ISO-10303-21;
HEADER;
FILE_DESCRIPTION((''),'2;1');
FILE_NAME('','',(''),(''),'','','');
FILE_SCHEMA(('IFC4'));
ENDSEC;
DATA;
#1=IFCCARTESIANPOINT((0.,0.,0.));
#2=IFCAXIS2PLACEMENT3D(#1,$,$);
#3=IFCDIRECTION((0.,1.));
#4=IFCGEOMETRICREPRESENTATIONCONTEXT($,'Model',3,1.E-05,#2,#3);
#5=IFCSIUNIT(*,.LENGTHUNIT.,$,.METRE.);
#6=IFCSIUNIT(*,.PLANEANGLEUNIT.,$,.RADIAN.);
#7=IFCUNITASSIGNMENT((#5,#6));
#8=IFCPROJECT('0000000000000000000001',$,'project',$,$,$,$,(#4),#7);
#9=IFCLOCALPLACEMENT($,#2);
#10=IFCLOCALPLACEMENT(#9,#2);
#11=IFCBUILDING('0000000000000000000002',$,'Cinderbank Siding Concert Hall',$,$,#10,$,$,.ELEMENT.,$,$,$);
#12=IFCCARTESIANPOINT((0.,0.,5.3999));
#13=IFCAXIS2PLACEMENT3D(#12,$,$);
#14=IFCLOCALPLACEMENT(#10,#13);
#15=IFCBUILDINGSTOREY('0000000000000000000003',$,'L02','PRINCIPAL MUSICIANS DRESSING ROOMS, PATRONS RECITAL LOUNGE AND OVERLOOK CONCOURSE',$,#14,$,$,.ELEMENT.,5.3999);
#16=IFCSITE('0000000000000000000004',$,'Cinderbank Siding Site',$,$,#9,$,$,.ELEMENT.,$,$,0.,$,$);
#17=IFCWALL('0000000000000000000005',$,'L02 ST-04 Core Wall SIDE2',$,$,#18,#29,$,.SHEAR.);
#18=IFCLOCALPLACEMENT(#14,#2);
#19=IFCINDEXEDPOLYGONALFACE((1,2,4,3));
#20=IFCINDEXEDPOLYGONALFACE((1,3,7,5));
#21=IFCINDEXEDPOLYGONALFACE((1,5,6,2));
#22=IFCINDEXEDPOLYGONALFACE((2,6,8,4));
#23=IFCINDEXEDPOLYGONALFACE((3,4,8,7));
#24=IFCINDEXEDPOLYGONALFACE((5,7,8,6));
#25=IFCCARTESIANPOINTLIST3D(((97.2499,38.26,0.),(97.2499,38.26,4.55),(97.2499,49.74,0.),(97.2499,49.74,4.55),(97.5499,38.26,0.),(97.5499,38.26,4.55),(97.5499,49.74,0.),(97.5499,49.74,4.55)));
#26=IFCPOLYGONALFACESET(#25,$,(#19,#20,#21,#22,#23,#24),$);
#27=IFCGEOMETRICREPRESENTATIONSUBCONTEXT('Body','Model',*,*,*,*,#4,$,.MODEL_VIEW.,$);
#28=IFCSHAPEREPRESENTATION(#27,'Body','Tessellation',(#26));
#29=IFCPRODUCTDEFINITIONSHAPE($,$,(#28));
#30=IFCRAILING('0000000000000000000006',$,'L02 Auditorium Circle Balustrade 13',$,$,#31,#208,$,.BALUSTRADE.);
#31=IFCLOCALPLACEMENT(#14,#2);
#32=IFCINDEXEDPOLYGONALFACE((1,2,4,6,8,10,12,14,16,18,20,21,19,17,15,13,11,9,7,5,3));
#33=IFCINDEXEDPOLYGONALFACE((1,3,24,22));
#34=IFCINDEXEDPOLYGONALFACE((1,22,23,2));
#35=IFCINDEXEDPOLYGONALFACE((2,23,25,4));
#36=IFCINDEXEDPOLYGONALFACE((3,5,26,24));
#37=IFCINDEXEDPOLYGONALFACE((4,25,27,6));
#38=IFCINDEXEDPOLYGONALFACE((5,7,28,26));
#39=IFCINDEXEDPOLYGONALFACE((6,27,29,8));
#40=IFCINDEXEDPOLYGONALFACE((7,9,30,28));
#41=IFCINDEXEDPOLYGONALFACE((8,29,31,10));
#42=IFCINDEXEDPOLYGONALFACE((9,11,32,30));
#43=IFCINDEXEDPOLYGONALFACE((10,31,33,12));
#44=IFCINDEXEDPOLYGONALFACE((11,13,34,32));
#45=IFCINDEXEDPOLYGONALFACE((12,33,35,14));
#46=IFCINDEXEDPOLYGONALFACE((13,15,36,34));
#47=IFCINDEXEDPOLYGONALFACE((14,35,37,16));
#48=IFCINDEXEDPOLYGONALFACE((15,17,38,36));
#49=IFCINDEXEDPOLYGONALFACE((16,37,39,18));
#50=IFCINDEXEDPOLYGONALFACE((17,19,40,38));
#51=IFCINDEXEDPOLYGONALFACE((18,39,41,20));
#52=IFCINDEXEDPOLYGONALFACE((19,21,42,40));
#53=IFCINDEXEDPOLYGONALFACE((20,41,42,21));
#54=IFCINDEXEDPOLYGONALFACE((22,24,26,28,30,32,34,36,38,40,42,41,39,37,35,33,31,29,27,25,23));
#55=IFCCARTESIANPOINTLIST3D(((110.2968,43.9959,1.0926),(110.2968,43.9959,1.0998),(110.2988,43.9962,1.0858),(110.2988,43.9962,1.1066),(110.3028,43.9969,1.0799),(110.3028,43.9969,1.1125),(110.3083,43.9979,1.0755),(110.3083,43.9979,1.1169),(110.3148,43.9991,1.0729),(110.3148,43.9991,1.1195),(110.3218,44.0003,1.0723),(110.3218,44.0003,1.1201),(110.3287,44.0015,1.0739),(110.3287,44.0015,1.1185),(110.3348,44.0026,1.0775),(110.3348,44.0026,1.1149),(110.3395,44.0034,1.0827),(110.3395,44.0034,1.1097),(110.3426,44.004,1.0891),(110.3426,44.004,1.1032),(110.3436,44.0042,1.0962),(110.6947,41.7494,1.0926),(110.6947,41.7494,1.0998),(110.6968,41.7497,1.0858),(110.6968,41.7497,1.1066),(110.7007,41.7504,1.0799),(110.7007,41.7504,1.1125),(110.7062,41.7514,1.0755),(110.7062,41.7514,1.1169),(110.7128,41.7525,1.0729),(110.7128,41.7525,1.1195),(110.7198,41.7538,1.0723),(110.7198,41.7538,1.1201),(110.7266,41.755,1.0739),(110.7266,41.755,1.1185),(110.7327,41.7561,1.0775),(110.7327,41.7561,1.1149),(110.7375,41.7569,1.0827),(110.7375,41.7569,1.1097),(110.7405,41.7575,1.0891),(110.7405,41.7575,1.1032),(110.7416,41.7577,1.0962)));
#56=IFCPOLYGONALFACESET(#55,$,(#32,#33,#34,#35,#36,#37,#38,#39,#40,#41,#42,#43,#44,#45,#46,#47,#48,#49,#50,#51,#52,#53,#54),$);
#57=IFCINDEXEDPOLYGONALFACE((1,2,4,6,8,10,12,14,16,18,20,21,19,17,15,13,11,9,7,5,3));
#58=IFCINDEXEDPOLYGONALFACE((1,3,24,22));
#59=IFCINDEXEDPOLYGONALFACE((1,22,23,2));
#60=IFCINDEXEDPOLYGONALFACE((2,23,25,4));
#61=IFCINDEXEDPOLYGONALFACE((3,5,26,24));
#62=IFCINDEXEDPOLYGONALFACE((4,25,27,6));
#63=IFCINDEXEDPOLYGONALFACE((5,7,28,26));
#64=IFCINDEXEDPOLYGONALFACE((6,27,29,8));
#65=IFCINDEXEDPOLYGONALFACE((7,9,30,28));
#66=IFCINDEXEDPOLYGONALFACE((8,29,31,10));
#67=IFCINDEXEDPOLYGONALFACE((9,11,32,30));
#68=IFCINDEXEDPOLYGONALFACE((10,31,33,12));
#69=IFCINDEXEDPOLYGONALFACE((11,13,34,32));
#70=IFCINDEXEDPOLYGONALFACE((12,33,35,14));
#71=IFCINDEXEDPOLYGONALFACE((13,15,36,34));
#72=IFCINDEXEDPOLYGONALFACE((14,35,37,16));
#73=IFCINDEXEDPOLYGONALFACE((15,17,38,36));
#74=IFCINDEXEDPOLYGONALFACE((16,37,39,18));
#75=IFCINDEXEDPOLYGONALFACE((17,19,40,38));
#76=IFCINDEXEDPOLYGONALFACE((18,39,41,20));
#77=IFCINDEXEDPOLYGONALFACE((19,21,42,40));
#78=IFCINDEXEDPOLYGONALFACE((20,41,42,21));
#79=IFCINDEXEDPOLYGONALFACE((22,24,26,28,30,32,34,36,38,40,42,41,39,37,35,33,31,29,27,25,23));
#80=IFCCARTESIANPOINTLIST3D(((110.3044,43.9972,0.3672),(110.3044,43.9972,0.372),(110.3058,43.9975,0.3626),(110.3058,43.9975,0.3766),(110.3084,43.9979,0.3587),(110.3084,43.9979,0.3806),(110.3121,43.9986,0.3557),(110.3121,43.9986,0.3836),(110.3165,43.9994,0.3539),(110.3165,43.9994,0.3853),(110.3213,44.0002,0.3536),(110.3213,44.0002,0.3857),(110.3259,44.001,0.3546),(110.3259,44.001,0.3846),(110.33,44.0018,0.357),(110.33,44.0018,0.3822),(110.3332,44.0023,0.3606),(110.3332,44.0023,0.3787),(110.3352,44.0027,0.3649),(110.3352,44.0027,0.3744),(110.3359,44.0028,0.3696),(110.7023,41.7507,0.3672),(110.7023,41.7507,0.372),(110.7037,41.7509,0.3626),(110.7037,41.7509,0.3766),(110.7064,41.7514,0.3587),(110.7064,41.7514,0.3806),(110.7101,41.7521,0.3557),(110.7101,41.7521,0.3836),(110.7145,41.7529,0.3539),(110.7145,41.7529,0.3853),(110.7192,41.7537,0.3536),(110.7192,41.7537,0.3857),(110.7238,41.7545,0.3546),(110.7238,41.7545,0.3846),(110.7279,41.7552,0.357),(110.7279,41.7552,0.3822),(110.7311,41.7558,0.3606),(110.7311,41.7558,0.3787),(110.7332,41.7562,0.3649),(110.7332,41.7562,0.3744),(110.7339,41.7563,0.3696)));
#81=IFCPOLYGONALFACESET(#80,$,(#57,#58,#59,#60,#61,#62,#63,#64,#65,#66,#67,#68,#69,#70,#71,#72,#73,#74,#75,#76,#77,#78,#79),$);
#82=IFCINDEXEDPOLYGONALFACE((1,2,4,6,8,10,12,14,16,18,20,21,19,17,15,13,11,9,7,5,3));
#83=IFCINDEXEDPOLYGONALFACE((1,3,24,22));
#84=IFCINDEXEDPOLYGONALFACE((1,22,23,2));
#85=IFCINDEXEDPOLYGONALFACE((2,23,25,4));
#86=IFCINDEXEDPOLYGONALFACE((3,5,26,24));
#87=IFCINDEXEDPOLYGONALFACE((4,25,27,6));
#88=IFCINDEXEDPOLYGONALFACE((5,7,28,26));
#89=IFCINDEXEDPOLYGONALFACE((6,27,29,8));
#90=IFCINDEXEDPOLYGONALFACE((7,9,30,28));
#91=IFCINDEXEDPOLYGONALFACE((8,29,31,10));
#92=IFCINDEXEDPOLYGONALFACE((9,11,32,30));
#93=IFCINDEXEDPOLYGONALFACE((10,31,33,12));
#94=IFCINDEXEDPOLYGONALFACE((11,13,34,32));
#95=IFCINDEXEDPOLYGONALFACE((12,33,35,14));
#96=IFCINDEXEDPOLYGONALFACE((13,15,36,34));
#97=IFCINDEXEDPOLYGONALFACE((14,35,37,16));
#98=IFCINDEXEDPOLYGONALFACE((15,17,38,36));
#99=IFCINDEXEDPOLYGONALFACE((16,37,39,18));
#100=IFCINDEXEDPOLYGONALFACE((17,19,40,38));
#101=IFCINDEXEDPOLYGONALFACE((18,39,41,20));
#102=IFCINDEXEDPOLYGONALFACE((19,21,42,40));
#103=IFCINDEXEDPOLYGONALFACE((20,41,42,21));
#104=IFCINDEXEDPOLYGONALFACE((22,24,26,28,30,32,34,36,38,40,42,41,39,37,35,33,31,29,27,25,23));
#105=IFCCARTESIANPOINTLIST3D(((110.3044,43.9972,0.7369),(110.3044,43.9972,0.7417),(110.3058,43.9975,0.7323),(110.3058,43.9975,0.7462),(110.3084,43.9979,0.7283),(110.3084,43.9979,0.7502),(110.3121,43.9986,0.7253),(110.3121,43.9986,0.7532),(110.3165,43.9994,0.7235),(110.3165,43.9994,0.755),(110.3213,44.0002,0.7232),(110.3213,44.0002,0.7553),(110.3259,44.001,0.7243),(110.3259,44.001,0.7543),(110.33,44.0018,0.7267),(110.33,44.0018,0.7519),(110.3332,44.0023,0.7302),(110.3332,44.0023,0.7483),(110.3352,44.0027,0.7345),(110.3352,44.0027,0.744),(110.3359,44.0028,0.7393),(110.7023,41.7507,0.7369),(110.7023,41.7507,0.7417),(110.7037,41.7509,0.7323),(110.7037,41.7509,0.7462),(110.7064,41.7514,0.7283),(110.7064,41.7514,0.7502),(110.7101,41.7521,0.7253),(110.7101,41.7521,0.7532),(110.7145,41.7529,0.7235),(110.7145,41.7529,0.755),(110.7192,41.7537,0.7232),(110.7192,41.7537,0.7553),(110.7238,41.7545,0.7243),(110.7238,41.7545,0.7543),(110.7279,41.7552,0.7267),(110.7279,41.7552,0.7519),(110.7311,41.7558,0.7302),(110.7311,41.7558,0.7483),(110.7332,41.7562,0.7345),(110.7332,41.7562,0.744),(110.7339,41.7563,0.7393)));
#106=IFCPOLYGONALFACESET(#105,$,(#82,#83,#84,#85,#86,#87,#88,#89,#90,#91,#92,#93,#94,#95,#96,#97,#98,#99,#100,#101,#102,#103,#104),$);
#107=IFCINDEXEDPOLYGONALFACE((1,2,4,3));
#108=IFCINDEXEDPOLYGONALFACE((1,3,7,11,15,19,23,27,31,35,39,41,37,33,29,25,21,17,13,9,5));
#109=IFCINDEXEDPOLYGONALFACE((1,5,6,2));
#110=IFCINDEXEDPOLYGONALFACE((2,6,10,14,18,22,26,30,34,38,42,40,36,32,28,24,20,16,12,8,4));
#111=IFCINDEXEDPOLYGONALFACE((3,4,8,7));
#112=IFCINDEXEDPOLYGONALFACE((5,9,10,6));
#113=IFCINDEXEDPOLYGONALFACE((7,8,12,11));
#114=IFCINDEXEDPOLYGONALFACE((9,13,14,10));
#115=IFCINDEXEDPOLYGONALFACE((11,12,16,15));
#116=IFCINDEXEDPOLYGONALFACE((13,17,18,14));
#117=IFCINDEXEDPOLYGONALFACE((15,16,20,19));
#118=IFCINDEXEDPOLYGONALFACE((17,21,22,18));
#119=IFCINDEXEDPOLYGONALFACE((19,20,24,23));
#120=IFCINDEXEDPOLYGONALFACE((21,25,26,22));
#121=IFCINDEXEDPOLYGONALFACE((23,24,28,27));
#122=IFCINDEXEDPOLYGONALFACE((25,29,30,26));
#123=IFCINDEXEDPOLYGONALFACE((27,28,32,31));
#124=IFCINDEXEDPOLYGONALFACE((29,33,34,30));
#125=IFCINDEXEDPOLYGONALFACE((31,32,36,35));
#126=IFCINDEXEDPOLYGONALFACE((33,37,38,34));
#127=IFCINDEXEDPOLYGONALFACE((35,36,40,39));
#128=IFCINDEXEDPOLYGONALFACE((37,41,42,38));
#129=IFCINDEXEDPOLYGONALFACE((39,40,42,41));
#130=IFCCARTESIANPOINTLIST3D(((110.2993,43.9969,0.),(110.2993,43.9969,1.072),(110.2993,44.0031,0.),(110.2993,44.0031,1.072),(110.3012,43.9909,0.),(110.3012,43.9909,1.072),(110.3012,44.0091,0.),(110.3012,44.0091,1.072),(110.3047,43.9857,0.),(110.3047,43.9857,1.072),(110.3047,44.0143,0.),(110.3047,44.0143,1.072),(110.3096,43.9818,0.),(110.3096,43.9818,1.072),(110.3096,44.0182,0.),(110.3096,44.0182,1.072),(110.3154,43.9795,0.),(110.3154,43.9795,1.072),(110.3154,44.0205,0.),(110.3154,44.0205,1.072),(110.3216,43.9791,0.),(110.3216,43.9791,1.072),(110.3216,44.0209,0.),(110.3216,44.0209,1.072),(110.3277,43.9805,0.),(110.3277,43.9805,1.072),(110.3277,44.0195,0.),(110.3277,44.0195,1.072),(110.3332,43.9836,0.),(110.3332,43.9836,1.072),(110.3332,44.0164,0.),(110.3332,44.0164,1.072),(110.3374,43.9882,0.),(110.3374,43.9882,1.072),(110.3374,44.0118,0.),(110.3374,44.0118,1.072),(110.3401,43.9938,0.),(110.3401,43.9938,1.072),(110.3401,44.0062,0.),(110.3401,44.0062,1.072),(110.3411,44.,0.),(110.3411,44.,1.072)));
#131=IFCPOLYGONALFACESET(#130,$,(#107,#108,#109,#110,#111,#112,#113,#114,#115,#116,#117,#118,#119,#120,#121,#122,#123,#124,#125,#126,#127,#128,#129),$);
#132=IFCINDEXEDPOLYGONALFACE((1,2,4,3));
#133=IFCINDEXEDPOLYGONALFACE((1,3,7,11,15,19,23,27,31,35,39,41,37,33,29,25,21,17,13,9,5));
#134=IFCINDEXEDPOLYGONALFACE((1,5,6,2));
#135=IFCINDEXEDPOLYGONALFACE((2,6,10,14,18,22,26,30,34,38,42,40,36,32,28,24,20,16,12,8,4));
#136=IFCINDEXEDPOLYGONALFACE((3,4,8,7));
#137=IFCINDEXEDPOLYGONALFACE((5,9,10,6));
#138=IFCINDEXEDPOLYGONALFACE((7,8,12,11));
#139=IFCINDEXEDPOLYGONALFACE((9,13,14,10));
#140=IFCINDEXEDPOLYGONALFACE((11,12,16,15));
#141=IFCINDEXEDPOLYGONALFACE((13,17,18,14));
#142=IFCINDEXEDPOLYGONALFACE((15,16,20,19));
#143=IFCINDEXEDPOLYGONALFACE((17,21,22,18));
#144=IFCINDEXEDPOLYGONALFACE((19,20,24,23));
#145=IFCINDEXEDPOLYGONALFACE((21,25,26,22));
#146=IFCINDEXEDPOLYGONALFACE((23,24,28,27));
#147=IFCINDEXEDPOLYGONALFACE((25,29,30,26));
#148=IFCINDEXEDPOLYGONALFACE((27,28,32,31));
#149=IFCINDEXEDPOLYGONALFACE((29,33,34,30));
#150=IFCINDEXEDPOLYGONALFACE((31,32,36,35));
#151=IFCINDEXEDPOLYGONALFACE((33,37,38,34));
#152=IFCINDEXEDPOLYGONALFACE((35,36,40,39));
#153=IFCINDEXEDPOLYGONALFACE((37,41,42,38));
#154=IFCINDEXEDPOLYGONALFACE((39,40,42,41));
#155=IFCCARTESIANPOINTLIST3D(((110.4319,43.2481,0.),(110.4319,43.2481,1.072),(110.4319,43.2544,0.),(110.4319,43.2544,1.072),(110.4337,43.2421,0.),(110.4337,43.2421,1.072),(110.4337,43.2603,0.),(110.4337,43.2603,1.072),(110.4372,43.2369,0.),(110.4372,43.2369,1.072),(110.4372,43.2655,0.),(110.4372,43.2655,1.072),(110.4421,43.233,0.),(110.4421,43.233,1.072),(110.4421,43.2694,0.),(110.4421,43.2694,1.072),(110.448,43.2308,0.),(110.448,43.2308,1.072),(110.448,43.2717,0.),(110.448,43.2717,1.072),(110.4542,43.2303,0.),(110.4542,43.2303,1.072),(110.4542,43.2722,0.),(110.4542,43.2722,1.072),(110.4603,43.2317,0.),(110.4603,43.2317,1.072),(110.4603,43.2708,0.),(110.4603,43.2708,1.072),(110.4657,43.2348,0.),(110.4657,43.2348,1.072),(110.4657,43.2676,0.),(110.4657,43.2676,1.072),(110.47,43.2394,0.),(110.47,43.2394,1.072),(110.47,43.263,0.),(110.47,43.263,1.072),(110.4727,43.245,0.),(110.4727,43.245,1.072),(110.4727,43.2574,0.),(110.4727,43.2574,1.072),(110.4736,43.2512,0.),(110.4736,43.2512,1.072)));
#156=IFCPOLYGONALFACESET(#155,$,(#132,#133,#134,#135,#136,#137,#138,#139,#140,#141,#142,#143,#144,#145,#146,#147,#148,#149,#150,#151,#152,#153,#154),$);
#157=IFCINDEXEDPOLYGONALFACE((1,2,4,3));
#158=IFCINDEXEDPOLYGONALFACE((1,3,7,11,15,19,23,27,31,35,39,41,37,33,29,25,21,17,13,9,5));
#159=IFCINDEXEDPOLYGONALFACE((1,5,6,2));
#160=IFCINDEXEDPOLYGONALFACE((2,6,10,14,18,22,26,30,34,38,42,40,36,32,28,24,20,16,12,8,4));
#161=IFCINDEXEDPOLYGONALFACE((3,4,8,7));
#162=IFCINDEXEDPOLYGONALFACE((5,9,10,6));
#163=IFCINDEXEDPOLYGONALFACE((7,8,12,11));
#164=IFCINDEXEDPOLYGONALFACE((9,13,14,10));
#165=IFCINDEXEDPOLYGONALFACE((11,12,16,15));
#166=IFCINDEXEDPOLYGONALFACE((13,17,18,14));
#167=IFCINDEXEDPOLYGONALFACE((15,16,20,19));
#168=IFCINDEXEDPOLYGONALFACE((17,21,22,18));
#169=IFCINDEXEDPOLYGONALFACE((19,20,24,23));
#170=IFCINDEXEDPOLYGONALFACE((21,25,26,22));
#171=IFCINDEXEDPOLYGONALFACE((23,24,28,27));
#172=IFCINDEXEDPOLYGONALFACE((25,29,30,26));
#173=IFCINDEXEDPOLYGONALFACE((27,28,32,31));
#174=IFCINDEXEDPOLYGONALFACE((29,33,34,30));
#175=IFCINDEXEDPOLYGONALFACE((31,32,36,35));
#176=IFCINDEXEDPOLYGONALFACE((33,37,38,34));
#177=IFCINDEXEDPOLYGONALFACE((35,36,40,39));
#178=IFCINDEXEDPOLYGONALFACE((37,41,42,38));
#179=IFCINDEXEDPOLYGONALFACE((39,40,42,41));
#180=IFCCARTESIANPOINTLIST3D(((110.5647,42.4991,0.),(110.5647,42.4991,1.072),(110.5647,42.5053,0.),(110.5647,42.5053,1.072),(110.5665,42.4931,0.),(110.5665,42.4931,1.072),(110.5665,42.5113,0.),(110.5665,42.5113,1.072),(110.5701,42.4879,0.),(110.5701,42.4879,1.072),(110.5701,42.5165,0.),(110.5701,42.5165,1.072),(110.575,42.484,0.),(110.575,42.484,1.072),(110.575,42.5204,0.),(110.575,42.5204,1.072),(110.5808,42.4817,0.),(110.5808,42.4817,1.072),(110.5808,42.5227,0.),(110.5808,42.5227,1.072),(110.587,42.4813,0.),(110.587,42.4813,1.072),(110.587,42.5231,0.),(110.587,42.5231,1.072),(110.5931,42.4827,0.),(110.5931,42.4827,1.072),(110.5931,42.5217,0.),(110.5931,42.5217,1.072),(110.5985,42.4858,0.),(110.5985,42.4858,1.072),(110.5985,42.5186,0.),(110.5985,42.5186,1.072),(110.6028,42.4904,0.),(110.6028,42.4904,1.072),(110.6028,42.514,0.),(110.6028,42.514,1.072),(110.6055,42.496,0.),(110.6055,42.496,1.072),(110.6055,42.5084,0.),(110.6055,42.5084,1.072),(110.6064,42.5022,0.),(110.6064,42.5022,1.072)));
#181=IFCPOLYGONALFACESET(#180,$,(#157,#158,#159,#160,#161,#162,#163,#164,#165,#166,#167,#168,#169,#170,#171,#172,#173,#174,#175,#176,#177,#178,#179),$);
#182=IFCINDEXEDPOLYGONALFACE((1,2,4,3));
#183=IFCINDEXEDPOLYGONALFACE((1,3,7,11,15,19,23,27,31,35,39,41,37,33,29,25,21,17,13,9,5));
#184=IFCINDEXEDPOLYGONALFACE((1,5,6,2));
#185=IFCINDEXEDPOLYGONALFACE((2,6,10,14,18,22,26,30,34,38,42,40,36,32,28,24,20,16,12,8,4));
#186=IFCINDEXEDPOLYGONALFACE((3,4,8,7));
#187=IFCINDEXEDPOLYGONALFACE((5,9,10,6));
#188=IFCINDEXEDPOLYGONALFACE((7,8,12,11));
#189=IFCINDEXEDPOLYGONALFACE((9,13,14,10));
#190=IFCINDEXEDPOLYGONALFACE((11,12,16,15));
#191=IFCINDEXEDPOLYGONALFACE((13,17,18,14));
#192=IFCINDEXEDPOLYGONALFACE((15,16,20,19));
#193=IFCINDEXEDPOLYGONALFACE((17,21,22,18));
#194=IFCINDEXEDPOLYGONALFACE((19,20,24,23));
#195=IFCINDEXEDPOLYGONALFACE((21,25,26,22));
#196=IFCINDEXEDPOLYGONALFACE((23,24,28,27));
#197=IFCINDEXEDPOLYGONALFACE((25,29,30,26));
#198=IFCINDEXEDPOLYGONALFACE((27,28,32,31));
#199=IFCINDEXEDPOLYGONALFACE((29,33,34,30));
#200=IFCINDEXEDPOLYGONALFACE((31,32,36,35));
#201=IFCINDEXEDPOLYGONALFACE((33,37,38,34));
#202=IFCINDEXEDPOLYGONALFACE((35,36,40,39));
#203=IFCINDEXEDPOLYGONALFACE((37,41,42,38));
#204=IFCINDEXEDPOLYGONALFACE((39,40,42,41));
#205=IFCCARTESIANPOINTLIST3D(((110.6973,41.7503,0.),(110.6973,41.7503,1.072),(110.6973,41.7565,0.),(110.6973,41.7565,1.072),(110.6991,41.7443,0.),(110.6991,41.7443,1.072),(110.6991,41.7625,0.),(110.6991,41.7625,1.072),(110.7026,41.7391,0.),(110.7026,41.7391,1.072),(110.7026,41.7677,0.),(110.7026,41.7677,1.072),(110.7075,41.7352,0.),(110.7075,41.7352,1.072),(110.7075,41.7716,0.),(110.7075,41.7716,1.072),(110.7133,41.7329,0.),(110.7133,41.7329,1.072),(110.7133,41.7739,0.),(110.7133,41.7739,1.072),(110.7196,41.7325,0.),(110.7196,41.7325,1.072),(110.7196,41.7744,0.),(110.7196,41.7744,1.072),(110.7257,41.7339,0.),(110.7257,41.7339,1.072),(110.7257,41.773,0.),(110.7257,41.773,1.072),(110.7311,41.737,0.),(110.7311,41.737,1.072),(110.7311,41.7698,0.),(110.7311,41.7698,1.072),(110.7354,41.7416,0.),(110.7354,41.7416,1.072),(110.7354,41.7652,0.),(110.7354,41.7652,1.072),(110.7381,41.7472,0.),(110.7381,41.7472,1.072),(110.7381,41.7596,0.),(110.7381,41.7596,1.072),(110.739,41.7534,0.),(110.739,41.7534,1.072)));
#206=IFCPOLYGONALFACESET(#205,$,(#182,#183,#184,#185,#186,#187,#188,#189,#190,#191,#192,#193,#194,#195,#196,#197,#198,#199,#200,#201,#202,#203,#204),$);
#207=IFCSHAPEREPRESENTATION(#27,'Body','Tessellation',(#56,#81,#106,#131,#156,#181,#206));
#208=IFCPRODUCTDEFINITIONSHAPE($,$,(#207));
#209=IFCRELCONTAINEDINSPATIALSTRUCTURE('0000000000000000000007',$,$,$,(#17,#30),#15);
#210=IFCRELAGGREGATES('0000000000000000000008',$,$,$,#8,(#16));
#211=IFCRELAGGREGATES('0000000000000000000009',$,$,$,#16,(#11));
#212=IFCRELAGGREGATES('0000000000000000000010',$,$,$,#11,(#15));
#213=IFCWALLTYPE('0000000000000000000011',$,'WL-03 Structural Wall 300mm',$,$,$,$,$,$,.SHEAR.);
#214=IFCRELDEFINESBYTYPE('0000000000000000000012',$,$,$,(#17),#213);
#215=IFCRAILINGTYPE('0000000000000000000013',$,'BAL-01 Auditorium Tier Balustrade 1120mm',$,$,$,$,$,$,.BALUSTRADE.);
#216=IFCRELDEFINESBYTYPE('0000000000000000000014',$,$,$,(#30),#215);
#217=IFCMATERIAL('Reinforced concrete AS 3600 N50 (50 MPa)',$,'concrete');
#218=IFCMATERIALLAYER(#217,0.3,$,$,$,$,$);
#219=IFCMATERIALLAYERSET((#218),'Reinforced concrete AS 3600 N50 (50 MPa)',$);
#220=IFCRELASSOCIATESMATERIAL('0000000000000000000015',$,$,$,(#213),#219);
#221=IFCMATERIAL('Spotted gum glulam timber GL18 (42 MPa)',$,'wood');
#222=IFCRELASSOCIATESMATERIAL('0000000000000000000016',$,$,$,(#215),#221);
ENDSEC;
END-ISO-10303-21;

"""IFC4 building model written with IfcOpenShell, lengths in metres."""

from ifc_helpers import new_model, si_unit, direction, frame, frame_2d, origin, origin_2d, place, context, subcontext, project, spatial, rectangle, circle, extrude, material, layer, layer_set, type_object, element, save


model = new_model("IFC4")

# Units and contexts
model_context = context("Model", 3, precision=1e-05, world=origin(), true_north=direction((0.0, 1.0)))
body_context = subcontext(model_context, "Body", "Model", "MODEL_VIEW")
ifc_project = project(units=[si_unit("LENGTHUNIT", "METRE"), si_unit("PLANEANGLEUNIT", "RADIAN")], contexts=[model_context])

# Site, building, storey
site_placement = place(None, origin())
site = spatial("IfcSite", under=ifc_project, at=site_placement, Name="Cinderbank Siding Site", CompositionType="ELEMENT", RefElevation=0.0)
building_placement = place(site_placement, origin())
building = spatial("IfcBuilding", under=site, at=building_placement, Name="Cinderbank Siding Concert Hall", CompositionType="ELEMENT")
storey_placement = place(building_placement, frame((0.0, 0.0, 5.3999)))
storey = spatial("IfcBuildingStorey", under=building, at=storey_placement, Name="L02", Description="PRINCIPAL MUSICIANS DRESSING ROOMS, PATRONS RECITAL LOUNGE AND OVERLOOK CONCOURSE", CompositionType="ELEMENT", Elevation=5.3999)

# Shared definitions
ifc_material_1 = material(Name="Reinforced concrete AS 3600 N50 (50 MPa)", Category="concrete")

# Shared definitions
ifc_layer_1 = layer(ifc_material_1, 0.3)
ifc_layer_set_1 = layer_set([ifc_layer_1], Name="Reinforced concrete AS 3600 N50 (50 MPa)")
wall_type_1 = type_object("IfcWallType", Name="WL-03 Structural Wall 300mm", PredefinedType="SHEAR", material=ifc_layer_set_1)

# Wall
wall_1_placement = place(storey_placement, frame((97.3999, 38.26, 0.0), z_axis=(0.0, 0.0, 1.0), x_axis=(0.0, 1.0, 0.0)))
element("IfcWall", 1, at=wall_1_placement, inside=storey, type_object=wall_type_1, Name="L02 ST-04 Core Wall SIDE2", PredefinedType="SHEAR", context=body_context, shape_type="SweptSolid", body=[
    extrude(rectangle(XDim=11.48, YDim=0.3, at=frame_2d((5.74, 0.0))), origin(), (0.0, 0.0, 1.0), 4.55),
])

# Railing
ifc_material_2 = material(Name="Spotted gum glulam timber GL18 (42 MPa)", Category="wood")
railing_type_1 = type_object("IfcRailingType", Name="BAL-01 Auditorium Tier Balustrade 1120mm", PredefinedType="BALUSTRADE", material=ifc_material_2)
railing_1_placement = place(storey_placement, frame((110.3201, 44.0, 0.0)))
element("IfcRailing", 2, at=railing_1_placement, inside=storey, type_object=railing_type_1, Name="L02 Auditorium Circle Balustrade 13", PredefinedType="BALUSTRADE", context=body_context, shape_type="SweptSolid", body=[
    extrude(circle(Radius=0.0239, at=origin_2d()), frame((0.0, 0.0, 1.0962), z_axis=(0.17442, -0.984671, 0.0), x_axis=(0.984671, 0.17442, 0.0)), (0.0, 0.0, 1.0), 2.2815),
    extrude(circle(Radius=0.0161, at=origin_2d()), frame((0.0, 0.0, 0.3696), z_axis=(0.17442, -0.984671, 0.0), x_axis=(0.984671, 0.17442, 0.0)), (0.0, 0.0, 1.0), 2.2815),
    extrude(circle(Radius=0.0161, at=origin_2d()), frame((0.0, 0.0, 0.7393), z_axis=(0.17442, -0.984671, 0.0), x_axis=(0.984671, 0.17442, 0.0)), (0.0, 0.0, 1.0), 2.2815),
    extrude(circle(Radius=0.021, at=origin_2d()), origin(), (0.0, 0.0, 1.0), 1.072),
    extrude(circle(Radius=0.021, at=origin_2d()), frame((0.1326, -0.7488, 0.0)), (0.0, 0.0, 1.0), 1.072),
    extrude(circle(Radius=0.021, at=origin_2d()), frame((0.2654, -1.4978, 0.0)), (0.0, 0.0, 1.0), 1.072),
    extrude(circle(Radius=0.021, at=origin_2d()), frame((0.3979, -2.2466, 0.0)), (0.0, 0.0, 1.0), 1.072),
])

save(model, "model.ifc")
